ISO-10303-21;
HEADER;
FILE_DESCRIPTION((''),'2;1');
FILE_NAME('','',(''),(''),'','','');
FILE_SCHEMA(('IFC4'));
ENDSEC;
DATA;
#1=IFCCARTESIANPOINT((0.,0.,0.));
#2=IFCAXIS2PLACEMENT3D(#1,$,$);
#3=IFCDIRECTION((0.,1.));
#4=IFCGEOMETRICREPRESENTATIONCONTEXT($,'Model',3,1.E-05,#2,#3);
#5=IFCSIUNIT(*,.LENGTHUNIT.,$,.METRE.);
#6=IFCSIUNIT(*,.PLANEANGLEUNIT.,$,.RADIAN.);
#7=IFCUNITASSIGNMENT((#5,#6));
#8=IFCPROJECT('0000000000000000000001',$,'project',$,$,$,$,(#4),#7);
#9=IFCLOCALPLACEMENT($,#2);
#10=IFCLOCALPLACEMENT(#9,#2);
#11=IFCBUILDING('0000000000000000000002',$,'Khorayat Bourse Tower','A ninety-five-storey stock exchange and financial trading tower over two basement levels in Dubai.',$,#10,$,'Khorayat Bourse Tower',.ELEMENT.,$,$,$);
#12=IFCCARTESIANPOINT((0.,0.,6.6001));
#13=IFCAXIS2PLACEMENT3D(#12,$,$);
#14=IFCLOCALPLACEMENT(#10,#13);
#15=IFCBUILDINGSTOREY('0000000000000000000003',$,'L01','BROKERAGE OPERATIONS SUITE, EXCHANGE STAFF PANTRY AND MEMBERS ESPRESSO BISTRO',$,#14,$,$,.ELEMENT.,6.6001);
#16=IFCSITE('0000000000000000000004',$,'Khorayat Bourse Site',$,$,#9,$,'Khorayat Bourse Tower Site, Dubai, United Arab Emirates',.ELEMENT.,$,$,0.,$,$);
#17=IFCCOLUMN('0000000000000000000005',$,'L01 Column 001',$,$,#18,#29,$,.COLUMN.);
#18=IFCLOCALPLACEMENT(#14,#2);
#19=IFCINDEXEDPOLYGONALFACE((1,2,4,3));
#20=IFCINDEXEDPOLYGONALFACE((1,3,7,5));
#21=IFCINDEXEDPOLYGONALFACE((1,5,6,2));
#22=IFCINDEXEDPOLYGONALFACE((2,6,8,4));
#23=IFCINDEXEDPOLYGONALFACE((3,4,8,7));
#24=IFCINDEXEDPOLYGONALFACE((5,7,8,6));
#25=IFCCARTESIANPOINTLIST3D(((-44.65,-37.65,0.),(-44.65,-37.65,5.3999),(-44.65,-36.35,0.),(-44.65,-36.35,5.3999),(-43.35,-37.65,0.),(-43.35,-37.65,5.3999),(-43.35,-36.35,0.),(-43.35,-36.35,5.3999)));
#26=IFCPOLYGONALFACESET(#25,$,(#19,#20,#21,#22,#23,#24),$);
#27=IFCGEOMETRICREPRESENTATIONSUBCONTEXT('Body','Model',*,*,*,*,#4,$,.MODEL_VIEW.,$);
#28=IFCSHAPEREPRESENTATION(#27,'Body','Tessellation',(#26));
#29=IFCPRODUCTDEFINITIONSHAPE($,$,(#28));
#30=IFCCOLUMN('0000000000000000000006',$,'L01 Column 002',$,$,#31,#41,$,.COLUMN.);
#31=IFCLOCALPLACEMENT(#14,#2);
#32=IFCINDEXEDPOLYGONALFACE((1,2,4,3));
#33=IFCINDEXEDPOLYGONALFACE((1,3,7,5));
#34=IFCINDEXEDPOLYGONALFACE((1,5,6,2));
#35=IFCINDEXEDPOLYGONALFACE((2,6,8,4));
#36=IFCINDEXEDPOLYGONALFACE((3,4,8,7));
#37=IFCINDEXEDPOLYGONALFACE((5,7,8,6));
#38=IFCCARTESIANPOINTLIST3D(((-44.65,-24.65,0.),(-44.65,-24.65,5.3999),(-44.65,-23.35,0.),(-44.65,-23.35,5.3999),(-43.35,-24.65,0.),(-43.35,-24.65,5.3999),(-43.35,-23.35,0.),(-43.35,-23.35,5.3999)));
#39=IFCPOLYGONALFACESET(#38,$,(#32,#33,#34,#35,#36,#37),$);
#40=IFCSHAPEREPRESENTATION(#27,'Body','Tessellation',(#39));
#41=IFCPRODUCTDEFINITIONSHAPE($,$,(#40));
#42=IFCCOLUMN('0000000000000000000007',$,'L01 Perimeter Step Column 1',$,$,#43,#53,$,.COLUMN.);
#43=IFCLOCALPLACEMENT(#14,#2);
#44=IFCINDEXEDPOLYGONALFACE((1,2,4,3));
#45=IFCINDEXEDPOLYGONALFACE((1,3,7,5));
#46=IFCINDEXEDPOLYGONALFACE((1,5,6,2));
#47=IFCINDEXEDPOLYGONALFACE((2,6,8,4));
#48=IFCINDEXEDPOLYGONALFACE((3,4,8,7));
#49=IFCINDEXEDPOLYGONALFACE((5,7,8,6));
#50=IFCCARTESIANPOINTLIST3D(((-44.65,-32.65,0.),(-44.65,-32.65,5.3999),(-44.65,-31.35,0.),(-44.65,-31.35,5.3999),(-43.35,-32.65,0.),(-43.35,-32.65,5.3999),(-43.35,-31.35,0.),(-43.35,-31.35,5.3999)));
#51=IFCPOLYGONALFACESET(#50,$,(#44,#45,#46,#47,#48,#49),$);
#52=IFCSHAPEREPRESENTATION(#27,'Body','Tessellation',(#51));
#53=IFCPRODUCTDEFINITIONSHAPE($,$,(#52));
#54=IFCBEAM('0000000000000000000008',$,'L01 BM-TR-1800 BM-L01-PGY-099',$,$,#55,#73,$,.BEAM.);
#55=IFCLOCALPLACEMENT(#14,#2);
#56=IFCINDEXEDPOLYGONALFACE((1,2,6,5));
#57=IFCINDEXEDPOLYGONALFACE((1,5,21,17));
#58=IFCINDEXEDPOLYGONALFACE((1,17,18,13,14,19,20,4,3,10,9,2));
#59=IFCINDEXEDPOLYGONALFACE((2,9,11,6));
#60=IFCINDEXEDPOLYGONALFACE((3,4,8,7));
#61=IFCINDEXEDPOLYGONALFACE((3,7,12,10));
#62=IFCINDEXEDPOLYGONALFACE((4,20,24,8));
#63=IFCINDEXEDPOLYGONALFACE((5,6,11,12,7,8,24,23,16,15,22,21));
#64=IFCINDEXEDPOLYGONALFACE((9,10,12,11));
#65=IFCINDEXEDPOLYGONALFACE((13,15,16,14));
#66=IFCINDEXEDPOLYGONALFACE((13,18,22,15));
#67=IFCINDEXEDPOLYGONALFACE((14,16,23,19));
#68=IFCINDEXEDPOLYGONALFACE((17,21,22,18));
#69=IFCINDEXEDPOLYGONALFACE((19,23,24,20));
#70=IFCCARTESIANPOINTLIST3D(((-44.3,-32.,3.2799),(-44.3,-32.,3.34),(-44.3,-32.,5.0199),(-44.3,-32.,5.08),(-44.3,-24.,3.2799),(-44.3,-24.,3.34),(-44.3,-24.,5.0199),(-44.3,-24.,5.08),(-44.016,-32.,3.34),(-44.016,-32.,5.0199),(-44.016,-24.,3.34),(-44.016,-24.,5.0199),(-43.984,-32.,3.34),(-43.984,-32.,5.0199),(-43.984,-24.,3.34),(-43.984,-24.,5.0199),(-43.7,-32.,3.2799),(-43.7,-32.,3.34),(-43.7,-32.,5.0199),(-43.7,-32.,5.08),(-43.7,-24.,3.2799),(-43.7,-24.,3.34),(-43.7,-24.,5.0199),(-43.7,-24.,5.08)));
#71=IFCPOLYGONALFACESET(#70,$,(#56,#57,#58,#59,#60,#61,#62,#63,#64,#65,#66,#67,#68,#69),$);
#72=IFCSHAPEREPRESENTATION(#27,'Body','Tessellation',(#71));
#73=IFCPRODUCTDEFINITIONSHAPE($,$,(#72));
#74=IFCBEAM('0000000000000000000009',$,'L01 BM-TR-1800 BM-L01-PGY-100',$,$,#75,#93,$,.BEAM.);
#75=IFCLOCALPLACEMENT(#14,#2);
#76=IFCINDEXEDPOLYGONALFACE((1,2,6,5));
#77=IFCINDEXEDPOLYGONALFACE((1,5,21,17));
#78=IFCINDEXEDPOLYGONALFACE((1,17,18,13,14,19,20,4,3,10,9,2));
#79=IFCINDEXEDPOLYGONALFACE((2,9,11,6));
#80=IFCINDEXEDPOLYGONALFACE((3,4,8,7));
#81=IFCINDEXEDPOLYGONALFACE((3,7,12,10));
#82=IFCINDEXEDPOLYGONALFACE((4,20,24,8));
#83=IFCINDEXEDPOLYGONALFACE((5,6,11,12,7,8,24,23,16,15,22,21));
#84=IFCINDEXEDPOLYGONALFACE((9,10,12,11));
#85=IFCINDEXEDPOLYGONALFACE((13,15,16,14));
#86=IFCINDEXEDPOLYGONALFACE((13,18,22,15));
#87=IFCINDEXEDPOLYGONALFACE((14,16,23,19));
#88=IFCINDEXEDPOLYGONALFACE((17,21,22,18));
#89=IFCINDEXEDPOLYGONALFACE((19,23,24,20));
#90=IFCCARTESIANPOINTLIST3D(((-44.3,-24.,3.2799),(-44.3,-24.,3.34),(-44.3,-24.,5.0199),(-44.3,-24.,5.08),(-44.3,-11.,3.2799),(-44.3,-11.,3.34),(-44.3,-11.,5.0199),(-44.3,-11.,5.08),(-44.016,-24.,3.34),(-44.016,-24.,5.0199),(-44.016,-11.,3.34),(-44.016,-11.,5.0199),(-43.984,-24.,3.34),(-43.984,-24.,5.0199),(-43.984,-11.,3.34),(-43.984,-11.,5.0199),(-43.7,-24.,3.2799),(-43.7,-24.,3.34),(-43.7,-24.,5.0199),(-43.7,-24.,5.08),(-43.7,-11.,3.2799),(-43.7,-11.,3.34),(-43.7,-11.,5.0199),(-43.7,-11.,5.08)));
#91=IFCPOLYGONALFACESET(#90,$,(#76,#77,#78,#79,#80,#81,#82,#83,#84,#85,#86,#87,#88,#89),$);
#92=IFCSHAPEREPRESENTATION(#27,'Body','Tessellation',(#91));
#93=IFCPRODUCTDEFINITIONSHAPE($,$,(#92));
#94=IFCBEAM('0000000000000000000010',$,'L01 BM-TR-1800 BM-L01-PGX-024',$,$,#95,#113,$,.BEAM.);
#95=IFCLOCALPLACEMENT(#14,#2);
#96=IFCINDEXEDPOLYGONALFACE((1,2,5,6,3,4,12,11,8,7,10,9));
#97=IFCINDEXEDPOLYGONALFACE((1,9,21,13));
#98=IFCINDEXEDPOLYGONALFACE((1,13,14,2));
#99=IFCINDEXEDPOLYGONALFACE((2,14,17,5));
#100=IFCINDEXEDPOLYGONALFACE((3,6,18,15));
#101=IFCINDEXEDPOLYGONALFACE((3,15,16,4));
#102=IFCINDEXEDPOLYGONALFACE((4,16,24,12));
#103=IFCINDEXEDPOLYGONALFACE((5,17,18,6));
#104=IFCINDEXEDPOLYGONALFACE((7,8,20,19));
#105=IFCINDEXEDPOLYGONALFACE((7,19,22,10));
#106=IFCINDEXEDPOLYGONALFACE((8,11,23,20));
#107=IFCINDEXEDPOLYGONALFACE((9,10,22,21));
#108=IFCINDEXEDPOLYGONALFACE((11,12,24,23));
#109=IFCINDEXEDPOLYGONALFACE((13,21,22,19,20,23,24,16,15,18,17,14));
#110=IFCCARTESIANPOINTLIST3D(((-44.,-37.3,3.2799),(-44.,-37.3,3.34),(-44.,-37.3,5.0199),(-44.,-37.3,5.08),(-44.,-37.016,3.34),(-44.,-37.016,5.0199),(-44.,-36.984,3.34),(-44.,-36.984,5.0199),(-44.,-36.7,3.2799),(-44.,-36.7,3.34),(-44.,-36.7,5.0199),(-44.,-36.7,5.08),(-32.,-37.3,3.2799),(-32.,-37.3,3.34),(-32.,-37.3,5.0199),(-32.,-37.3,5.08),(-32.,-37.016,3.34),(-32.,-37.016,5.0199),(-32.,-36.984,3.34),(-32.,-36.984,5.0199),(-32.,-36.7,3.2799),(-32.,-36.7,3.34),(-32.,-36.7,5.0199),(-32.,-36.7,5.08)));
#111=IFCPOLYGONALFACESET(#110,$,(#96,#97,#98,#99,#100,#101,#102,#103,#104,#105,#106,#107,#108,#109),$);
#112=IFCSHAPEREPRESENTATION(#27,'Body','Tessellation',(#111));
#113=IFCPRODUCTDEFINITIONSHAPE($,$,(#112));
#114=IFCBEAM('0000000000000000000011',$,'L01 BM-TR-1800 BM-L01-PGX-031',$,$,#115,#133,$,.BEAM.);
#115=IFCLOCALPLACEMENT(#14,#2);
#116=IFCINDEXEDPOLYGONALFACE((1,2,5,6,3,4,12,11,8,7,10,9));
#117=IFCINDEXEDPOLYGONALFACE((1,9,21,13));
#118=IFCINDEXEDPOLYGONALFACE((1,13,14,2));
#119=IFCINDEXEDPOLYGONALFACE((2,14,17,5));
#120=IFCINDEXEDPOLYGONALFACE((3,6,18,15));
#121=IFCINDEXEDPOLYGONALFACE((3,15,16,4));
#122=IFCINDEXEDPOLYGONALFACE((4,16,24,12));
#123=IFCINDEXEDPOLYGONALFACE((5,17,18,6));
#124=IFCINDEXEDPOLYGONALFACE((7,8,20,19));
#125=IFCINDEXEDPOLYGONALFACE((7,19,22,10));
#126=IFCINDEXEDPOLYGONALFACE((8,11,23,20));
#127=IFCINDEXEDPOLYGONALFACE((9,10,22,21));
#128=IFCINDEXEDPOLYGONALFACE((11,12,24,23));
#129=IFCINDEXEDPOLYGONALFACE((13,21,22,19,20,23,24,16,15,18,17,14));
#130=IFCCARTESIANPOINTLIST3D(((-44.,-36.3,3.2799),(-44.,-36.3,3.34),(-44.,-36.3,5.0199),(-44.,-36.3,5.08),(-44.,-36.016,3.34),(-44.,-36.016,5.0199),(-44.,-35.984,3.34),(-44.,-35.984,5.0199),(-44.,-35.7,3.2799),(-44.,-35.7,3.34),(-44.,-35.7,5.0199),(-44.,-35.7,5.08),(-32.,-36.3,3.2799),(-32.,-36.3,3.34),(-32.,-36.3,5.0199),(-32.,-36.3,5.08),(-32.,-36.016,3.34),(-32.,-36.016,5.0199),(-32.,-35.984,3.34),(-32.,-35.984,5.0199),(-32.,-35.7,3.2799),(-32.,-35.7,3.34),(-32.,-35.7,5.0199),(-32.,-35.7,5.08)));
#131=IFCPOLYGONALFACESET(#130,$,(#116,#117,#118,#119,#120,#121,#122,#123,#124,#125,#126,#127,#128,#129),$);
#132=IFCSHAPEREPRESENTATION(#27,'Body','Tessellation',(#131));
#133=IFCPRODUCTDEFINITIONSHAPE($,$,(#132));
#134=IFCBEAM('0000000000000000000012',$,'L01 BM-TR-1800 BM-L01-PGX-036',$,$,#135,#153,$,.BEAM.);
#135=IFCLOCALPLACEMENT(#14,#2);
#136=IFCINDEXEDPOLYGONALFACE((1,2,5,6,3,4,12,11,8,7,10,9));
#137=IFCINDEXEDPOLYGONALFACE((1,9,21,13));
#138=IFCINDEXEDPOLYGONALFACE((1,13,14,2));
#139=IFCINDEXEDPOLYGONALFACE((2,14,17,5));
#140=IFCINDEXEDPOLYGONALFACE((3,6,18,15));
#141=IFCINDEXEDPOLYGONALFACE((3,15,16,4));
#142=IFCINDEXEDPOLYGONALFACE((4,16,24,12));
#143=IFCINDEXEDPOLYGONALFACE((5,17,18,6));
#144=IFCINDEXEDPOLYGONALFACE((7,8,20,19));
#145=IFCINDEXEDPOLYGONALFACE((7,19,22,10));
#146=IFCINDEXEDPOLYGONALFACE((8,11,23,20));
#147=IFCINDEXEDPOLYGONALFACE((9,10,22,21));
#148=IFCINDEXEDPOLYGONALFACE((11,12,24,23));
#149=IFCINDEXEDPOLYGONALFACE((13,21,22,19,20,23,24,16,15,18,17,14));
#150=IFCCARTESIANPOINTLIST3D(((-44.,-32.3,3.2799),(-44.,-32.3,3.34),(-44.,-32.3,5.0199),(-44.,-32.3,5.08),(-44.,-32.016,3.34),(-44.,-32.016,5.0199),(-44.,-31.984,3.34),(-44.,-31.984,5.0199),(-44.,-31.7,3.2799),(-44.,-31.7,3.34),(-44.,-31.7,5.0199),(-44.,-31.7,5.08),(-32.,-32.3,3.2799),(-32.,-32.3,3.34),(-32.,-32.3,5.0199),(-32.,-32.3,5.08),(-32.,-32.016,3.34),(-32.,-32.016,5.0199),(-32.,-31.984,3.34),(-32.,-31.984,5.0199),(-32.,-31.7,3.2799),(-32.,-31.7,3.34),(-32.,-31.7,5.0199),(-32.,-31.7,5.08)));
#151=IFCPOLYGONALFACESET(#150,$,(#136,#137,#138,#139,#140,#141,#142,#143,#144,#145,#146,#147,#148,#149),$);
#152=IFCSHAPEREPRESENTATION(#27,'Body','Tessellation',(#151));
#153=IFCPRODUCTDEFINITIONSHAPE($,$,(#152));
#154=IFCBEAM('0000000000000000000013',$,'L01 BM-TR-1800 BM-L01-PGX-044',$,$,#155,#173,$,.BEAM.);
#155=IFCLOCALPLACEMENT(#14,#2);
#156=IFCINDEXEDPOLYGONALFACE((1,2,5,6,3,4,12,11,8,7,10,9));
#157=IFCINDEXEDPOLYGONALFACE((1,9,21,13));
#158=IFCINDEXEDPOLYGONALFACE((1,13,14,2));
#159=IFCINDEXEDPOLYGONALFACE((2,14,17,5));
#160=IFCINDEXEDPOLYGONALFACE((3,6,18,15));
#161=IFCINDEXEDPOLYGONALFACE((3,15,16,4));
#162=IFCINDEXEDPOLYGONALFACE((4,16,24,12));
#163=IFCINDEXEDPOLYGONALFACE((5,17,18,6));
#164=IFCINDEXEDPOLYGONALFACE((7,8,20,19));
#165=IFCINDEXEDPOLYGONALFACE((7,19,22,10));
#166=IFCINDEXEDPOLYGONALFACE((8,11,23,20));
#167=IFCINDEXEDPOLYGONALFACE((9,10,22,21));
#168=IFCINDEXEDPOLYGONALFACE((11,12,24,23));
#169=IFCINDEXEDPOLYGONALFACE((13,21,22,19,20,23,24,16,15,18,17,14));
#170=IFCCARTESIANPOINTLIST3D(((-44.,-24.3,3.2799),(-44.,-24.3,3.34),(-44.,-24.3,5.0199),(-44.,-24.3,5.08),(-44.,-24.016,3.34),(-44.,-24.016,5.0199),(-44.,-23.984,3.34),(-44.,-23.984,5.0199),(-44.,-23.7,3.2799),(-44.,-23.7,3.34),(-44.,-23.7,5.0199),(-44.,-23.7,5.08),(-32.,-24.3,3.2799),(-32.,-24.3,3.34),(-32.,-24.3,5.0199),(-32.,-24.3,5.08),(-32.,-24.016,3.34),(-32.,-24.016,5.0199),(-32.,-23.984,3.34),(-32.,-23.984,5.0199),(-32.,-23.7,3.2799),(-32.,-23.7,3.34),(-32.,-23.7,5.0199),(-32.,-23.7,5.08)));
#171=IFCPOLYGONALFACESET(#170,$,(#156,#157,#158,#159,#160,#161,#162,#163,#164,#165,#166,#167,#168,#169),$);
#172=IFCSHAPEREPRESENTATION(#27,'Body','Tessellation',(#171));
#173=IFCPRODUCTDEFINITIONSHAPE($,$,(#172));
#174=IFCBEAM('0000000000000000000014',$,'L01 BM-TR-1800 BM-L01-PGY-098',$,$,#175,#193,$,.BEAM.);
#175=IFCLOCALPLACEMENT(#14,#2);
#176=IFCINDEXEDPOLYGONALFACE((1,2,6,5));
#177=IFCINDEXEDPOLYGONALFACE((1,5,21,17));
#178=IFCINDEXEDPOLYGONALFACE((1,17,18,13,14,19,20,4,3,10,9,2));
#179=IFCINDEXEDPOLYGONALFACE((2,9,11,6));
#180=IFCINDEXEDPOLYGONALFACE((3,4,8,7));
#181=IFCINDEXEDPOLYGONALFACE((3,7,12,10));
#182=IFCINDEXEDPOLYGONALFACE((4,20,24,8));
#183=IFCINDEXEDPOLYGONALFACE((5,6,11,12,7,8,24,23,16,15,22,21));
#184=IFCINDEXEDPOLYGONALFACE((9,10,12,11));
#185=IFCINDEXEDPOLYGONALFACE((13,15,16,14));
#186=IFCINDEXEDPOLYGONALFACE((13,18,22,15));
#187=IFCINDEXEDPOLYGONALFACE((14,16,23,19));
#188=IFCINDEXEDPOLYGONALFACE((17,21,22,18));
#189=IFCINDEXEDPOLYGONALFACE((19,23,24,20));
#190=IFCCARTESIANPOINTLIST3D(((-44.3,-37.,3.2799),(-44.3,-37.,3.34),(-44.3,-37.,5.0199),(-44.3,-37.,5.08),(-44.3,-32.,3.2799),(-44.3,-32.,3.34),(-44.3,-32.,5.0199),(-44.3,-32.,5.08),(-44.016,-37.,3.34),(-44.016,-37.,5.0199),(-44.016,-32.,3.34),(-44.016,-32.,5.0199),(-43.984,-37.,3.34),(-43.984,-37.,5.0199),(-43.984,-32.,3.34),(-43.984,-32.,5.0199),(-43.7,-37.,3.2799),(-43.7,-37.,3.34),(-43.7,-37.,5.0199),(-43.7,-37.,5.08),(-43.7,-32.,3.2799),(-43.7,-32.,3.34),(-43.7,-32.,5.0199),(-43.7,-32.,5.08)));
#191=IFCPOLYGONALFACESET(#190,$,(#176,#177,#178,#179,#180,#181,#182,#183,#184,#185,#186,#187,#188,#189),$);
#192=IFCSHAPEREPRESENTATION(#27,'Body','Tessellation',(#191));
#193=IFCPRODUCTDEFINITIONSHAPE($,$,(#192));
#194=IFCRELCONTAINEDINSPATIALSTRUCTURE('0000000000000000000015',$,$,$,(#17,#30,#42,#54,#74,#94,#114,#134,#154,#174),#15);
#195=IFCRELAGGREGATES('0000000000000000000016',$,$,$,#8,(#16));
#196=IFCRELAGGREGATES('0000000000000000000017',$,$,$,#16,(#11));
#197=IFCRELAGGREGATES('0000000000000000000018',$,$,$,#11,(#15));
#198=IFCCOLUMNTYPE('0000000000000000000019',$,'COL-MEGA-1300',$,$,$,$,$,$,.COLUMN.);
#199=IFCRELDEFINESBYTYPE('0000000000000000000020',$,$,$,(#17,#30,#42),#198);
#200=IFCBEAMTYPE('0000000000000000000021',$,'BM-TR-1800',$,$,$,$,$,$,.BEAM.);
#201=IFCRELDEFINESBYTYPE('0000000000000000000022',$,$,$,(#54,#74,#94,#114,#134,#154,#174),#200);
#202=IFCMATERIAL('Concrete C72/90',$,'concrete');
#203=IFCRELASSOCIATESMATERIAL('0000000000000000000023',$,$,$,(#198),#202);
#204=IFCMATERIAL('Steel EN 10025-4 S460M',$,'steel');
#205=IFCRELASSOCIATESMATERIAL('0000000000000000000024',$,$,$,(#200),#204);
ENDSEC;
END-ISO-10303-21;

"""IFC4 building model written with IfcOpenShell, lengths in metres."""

from ifc_helpers import new_model, si_unit, direction, frame, origin, origin_2d, place, context, subcontext, project, spatial, rectangle, i_section, extrude, source, transform, mapped, material, material_profile, profile_set, type_object, element, save


model = new_model("IFC4")

# Units and contexts
model_context = context("Model", 3, precision=1e-05, world=origin(), true_north=direction((0.0, 1.0)))
body_context = subcontext(model_context, "Body", "Model", "MODEL_VIEW")
ifc_project = project(units=[si_unit("LENGTHUNIT", "METRE"), si_unit("PLANEANGLEUNIT", "RADIAN")], contexts=[model_context])

# Site, building, storey
site_placement = place(None, origin())
site = spatial("IfcSite", under=ifc_project, at=site_placement, Name="Khorayat Bourse Site", LongName="Khorayat Bourse Tower Site, Dubai, United Arab Emirates", CompositionType="ELEMENT", RefElevation=0.0)
building_placement = place(site_placement, origin())
building = spatial("IfcBuilding", under=site, at=building_placement, Name="Khorayat Bourse Tower", Description="A ninety-five-storey stock exchange and financial trading tower over two basement levels in Dubai.", LongName="Khorayat Bourse Tower", CompositionType="ELEMENT")
storey_placement = place(building_placement, frame((0.0, 0.0, 6.6001)))
storey = spatial("IfcBuildingStorey", under=building, at=storey_placement, Name="L01", Description="BROKERAGE OPERATIONS SUITE, EXCHANGE STAFF PANTRY AND MEMBERS ESPRESSO BISTRO", CompositionType="ELEMENT", Elevation=6.6001)

# Columns
ifc_material_1 = material(Name="Concrete C72/90", Category="concrete")
ifc_material_profile_1 = material_profile(ifc_material_1, rectangle(XDim=1.3, YDim=1.3, at=origin_2d()), Name="RC 1300x1300")
ifc_profile_set_1 = profile_set([ifc_material_profile_1], Name="Concrete C72/90")
column_type = type_object("IfcColumnType", Name="COL-MEGA-1300", PredefinedType="COLUMN", material=ifc_profile_set_1)
shared_shape_1 = source(origin(), body_context, "Body", "SweptSolid", [
    extrude(rectangle(XDim=1.3, YDim=1.3, at=origin_2d()), origin(), (0.0, 0.0, 1.0), 5.3999),
])
for number, where, z_axis, x_axis, name in (
    (1, (-44.0, -37.0, 0.0), (0.0, 0.0, 1.0), (1.0, 0.0, 0.0), "L01 Column 001"),
    (2, (-44.0, -24.0, 0.0), (0.0, 0.0, 1.0), (1.0, 0.0, 0.0), "L01 Column 002"),
    (3, (-44.0, -32.0, 0.0), (0.0, 0.0, 1.0), (1.0, 0.0, 0.0), "L01 Perimeter Step Column 1"),
):
    element("IfcColumn", number, at=place(storey_placement, frame(where, z_axis=z_axis, x_axis=x_axis)), inside=storey, type_object=column_type, Name=name, PredefinedType="COLUMN", context=body_context, shape_type="MappedRepresentation", body=[
        mapped(shared_shape_1, transform((0.0, 0.0, 0.0), scale=1.0)),
    ])

# Beams
ifc_material_2 = material(Name="Steel EN 10025-4 S460M", Category="steel")
ifc_material_profile_2 = material_profile(ifc_material_2, i_section(OverallWidth=0.6001, OverallDepth=1.8, WebThickness=0.032, FlangeThickness=0.0601, at=origin_2d()), Name="PG 1800x600x32x60")
ifc_profile_set_2 = profile_set([ifc_material_profile_2], Name="Steel EN 10025-4 S460M")
beam_type_1 = type_object("IfcBeamType", Name="BM-TR-1800", PredefinedType="BEAM", material=ifc_profile_set_2)
shared_shape_2 = source(origin(), body_context, "Body", "SweptSolid", [
    extrude(i_section(OverallWidth=0.6001, OverallDepth=1.8, WebThickness=0.032, FlangeThickness=0.0601, at=origin_2d()), origin(), (0.0, 0.0, 1.0), 8.0),
])
beam_1_placement = place(storey_placement, frame((-44.0, -32.0, 4.1799), z_axis=(0.0, 1.0, 0.0), x_axis=(-1.0, 0.0, 0.0)))
element("IfcBeam", 4, at=beam_1_placement, inside=storey, type_object=beam_type_1, Name="L01 BM-TR-1800 BM-L01-PGY-099", PredefinedType="BEAM", context=body_context, shape_type="MappedRepresentation", body=[
    mapped(shared_shape_2, transform((0.0, 0.0, 0.0), scale=1.0)),
])
shared_shape_3 = source(origin(), body_context, "Body", "SweptSolid", [
    extrude(i_section(OverallWidth=0.6001, OverallDepth=1.8, WebThickness=0.032, FlangeThickness=0.0601, at=origin_2d()), origin(), (0.0, 0.0, 1.0), 13.0),
])
beam_2_placement = place(storey_placement, frame((-44.0, -24.0, 4.1799), z_axis=(0.0, 1.0, 0.0), x_axis=(-1.0, 0.0, 0.0)))
element("IfcBeam", 5, at=beam_2_placement, inside=storey, type_object=beam_type_1, Name="L01 BM-TR-1800 BM-L01-PGY-100", PredefinedType="BEAM", context=body_context, shape_type="MappedRepresentation", body=[
    mapped(shared_shape_3, transform((0.0, 0.0, 0.0), scale=1.0)),
])
shared_shape_4 = source(origin(), body_context, "Body", "SweptSolid", [
    extrude(i_section(OverallWidth=0.6001, OverallDepth=1.8, WebThickness=0.032, FlangeThickness=0.0601, at=origin_2d()), origin(), (0.0, 0.0, 1.0), 12.0),
])
for number, where, z_axis, x_axis, name in (
    (6, (-44.0, -37.0, 4.1799), (1.0, 0.0, 0.0), (0.0, 1.0, 0.0), "L01 BM-TR-1800 BM-L01-PGX-024"),
    (7, (-44.0, -36.0, 4.1799), (1.0, 0.0, 0.0), (0.0, 1.0, 0.0), "L01 BM-TR-1800 BM-L01-PGX-031"),
    (8, (-44.0, -32.0, 4.1799), (1.0, 0.0, 0.0), (0.0, 1.0, 0.0), "L01 BM-TR-1800 BM-L01-PGX-036"),
    (9, (-44.0, -24.0, 4.1799), (1.0, 0.0, 0.0), (0.0, 1.0, 0.0), "L01 BM-TR-1800 BM-L01-PGX-044"),
):
    element("IfcBeam", number, at=place(storey_placement, frame(where, z_axis=z_axis, x_axis=x_axis)), inside=storey, type_object=beam_type_1, Name=name, PredefinedType="BEAM", context=body_context, shape_type="MappedRepresentation", body=[
        mapped(shared_shape_4, transform((0.0, 0.0, 0.0), scale=1.0)),
    ])
shared_shape_5 = source(origin(), body_context, "Body", "SweptSolid", [
    extrude(i_section(OverallWidth=0.6001, OverallDepth=1.8, WebThickness=0.032, FlangeThickness=0.0601, at=origin_2d()), origin(), (0.0, 0.0, 1.0), 5.0),
])
beam_3_placement = place(storey_placement, frame((-44.0, -37.0, 4.1799), z_axis=(0.0, 1.0, 0.0), x_axis=(-1.0, 0.0, 0.0)))
element("IfcBeam", 10, at=beam_3_placement, inside=storey, type_object=beam_type_1, Name="L01 BM-TR-1800 BM-L01-PGY-098", PredefinedType="BEAM", context=body_context, shape_type="MappedRepresentation", body=[
    mapped(shared_shape_5, transform((0.0, 0.0, 0.0), scale=1.0)),
])

save(model, "model.ifc")
